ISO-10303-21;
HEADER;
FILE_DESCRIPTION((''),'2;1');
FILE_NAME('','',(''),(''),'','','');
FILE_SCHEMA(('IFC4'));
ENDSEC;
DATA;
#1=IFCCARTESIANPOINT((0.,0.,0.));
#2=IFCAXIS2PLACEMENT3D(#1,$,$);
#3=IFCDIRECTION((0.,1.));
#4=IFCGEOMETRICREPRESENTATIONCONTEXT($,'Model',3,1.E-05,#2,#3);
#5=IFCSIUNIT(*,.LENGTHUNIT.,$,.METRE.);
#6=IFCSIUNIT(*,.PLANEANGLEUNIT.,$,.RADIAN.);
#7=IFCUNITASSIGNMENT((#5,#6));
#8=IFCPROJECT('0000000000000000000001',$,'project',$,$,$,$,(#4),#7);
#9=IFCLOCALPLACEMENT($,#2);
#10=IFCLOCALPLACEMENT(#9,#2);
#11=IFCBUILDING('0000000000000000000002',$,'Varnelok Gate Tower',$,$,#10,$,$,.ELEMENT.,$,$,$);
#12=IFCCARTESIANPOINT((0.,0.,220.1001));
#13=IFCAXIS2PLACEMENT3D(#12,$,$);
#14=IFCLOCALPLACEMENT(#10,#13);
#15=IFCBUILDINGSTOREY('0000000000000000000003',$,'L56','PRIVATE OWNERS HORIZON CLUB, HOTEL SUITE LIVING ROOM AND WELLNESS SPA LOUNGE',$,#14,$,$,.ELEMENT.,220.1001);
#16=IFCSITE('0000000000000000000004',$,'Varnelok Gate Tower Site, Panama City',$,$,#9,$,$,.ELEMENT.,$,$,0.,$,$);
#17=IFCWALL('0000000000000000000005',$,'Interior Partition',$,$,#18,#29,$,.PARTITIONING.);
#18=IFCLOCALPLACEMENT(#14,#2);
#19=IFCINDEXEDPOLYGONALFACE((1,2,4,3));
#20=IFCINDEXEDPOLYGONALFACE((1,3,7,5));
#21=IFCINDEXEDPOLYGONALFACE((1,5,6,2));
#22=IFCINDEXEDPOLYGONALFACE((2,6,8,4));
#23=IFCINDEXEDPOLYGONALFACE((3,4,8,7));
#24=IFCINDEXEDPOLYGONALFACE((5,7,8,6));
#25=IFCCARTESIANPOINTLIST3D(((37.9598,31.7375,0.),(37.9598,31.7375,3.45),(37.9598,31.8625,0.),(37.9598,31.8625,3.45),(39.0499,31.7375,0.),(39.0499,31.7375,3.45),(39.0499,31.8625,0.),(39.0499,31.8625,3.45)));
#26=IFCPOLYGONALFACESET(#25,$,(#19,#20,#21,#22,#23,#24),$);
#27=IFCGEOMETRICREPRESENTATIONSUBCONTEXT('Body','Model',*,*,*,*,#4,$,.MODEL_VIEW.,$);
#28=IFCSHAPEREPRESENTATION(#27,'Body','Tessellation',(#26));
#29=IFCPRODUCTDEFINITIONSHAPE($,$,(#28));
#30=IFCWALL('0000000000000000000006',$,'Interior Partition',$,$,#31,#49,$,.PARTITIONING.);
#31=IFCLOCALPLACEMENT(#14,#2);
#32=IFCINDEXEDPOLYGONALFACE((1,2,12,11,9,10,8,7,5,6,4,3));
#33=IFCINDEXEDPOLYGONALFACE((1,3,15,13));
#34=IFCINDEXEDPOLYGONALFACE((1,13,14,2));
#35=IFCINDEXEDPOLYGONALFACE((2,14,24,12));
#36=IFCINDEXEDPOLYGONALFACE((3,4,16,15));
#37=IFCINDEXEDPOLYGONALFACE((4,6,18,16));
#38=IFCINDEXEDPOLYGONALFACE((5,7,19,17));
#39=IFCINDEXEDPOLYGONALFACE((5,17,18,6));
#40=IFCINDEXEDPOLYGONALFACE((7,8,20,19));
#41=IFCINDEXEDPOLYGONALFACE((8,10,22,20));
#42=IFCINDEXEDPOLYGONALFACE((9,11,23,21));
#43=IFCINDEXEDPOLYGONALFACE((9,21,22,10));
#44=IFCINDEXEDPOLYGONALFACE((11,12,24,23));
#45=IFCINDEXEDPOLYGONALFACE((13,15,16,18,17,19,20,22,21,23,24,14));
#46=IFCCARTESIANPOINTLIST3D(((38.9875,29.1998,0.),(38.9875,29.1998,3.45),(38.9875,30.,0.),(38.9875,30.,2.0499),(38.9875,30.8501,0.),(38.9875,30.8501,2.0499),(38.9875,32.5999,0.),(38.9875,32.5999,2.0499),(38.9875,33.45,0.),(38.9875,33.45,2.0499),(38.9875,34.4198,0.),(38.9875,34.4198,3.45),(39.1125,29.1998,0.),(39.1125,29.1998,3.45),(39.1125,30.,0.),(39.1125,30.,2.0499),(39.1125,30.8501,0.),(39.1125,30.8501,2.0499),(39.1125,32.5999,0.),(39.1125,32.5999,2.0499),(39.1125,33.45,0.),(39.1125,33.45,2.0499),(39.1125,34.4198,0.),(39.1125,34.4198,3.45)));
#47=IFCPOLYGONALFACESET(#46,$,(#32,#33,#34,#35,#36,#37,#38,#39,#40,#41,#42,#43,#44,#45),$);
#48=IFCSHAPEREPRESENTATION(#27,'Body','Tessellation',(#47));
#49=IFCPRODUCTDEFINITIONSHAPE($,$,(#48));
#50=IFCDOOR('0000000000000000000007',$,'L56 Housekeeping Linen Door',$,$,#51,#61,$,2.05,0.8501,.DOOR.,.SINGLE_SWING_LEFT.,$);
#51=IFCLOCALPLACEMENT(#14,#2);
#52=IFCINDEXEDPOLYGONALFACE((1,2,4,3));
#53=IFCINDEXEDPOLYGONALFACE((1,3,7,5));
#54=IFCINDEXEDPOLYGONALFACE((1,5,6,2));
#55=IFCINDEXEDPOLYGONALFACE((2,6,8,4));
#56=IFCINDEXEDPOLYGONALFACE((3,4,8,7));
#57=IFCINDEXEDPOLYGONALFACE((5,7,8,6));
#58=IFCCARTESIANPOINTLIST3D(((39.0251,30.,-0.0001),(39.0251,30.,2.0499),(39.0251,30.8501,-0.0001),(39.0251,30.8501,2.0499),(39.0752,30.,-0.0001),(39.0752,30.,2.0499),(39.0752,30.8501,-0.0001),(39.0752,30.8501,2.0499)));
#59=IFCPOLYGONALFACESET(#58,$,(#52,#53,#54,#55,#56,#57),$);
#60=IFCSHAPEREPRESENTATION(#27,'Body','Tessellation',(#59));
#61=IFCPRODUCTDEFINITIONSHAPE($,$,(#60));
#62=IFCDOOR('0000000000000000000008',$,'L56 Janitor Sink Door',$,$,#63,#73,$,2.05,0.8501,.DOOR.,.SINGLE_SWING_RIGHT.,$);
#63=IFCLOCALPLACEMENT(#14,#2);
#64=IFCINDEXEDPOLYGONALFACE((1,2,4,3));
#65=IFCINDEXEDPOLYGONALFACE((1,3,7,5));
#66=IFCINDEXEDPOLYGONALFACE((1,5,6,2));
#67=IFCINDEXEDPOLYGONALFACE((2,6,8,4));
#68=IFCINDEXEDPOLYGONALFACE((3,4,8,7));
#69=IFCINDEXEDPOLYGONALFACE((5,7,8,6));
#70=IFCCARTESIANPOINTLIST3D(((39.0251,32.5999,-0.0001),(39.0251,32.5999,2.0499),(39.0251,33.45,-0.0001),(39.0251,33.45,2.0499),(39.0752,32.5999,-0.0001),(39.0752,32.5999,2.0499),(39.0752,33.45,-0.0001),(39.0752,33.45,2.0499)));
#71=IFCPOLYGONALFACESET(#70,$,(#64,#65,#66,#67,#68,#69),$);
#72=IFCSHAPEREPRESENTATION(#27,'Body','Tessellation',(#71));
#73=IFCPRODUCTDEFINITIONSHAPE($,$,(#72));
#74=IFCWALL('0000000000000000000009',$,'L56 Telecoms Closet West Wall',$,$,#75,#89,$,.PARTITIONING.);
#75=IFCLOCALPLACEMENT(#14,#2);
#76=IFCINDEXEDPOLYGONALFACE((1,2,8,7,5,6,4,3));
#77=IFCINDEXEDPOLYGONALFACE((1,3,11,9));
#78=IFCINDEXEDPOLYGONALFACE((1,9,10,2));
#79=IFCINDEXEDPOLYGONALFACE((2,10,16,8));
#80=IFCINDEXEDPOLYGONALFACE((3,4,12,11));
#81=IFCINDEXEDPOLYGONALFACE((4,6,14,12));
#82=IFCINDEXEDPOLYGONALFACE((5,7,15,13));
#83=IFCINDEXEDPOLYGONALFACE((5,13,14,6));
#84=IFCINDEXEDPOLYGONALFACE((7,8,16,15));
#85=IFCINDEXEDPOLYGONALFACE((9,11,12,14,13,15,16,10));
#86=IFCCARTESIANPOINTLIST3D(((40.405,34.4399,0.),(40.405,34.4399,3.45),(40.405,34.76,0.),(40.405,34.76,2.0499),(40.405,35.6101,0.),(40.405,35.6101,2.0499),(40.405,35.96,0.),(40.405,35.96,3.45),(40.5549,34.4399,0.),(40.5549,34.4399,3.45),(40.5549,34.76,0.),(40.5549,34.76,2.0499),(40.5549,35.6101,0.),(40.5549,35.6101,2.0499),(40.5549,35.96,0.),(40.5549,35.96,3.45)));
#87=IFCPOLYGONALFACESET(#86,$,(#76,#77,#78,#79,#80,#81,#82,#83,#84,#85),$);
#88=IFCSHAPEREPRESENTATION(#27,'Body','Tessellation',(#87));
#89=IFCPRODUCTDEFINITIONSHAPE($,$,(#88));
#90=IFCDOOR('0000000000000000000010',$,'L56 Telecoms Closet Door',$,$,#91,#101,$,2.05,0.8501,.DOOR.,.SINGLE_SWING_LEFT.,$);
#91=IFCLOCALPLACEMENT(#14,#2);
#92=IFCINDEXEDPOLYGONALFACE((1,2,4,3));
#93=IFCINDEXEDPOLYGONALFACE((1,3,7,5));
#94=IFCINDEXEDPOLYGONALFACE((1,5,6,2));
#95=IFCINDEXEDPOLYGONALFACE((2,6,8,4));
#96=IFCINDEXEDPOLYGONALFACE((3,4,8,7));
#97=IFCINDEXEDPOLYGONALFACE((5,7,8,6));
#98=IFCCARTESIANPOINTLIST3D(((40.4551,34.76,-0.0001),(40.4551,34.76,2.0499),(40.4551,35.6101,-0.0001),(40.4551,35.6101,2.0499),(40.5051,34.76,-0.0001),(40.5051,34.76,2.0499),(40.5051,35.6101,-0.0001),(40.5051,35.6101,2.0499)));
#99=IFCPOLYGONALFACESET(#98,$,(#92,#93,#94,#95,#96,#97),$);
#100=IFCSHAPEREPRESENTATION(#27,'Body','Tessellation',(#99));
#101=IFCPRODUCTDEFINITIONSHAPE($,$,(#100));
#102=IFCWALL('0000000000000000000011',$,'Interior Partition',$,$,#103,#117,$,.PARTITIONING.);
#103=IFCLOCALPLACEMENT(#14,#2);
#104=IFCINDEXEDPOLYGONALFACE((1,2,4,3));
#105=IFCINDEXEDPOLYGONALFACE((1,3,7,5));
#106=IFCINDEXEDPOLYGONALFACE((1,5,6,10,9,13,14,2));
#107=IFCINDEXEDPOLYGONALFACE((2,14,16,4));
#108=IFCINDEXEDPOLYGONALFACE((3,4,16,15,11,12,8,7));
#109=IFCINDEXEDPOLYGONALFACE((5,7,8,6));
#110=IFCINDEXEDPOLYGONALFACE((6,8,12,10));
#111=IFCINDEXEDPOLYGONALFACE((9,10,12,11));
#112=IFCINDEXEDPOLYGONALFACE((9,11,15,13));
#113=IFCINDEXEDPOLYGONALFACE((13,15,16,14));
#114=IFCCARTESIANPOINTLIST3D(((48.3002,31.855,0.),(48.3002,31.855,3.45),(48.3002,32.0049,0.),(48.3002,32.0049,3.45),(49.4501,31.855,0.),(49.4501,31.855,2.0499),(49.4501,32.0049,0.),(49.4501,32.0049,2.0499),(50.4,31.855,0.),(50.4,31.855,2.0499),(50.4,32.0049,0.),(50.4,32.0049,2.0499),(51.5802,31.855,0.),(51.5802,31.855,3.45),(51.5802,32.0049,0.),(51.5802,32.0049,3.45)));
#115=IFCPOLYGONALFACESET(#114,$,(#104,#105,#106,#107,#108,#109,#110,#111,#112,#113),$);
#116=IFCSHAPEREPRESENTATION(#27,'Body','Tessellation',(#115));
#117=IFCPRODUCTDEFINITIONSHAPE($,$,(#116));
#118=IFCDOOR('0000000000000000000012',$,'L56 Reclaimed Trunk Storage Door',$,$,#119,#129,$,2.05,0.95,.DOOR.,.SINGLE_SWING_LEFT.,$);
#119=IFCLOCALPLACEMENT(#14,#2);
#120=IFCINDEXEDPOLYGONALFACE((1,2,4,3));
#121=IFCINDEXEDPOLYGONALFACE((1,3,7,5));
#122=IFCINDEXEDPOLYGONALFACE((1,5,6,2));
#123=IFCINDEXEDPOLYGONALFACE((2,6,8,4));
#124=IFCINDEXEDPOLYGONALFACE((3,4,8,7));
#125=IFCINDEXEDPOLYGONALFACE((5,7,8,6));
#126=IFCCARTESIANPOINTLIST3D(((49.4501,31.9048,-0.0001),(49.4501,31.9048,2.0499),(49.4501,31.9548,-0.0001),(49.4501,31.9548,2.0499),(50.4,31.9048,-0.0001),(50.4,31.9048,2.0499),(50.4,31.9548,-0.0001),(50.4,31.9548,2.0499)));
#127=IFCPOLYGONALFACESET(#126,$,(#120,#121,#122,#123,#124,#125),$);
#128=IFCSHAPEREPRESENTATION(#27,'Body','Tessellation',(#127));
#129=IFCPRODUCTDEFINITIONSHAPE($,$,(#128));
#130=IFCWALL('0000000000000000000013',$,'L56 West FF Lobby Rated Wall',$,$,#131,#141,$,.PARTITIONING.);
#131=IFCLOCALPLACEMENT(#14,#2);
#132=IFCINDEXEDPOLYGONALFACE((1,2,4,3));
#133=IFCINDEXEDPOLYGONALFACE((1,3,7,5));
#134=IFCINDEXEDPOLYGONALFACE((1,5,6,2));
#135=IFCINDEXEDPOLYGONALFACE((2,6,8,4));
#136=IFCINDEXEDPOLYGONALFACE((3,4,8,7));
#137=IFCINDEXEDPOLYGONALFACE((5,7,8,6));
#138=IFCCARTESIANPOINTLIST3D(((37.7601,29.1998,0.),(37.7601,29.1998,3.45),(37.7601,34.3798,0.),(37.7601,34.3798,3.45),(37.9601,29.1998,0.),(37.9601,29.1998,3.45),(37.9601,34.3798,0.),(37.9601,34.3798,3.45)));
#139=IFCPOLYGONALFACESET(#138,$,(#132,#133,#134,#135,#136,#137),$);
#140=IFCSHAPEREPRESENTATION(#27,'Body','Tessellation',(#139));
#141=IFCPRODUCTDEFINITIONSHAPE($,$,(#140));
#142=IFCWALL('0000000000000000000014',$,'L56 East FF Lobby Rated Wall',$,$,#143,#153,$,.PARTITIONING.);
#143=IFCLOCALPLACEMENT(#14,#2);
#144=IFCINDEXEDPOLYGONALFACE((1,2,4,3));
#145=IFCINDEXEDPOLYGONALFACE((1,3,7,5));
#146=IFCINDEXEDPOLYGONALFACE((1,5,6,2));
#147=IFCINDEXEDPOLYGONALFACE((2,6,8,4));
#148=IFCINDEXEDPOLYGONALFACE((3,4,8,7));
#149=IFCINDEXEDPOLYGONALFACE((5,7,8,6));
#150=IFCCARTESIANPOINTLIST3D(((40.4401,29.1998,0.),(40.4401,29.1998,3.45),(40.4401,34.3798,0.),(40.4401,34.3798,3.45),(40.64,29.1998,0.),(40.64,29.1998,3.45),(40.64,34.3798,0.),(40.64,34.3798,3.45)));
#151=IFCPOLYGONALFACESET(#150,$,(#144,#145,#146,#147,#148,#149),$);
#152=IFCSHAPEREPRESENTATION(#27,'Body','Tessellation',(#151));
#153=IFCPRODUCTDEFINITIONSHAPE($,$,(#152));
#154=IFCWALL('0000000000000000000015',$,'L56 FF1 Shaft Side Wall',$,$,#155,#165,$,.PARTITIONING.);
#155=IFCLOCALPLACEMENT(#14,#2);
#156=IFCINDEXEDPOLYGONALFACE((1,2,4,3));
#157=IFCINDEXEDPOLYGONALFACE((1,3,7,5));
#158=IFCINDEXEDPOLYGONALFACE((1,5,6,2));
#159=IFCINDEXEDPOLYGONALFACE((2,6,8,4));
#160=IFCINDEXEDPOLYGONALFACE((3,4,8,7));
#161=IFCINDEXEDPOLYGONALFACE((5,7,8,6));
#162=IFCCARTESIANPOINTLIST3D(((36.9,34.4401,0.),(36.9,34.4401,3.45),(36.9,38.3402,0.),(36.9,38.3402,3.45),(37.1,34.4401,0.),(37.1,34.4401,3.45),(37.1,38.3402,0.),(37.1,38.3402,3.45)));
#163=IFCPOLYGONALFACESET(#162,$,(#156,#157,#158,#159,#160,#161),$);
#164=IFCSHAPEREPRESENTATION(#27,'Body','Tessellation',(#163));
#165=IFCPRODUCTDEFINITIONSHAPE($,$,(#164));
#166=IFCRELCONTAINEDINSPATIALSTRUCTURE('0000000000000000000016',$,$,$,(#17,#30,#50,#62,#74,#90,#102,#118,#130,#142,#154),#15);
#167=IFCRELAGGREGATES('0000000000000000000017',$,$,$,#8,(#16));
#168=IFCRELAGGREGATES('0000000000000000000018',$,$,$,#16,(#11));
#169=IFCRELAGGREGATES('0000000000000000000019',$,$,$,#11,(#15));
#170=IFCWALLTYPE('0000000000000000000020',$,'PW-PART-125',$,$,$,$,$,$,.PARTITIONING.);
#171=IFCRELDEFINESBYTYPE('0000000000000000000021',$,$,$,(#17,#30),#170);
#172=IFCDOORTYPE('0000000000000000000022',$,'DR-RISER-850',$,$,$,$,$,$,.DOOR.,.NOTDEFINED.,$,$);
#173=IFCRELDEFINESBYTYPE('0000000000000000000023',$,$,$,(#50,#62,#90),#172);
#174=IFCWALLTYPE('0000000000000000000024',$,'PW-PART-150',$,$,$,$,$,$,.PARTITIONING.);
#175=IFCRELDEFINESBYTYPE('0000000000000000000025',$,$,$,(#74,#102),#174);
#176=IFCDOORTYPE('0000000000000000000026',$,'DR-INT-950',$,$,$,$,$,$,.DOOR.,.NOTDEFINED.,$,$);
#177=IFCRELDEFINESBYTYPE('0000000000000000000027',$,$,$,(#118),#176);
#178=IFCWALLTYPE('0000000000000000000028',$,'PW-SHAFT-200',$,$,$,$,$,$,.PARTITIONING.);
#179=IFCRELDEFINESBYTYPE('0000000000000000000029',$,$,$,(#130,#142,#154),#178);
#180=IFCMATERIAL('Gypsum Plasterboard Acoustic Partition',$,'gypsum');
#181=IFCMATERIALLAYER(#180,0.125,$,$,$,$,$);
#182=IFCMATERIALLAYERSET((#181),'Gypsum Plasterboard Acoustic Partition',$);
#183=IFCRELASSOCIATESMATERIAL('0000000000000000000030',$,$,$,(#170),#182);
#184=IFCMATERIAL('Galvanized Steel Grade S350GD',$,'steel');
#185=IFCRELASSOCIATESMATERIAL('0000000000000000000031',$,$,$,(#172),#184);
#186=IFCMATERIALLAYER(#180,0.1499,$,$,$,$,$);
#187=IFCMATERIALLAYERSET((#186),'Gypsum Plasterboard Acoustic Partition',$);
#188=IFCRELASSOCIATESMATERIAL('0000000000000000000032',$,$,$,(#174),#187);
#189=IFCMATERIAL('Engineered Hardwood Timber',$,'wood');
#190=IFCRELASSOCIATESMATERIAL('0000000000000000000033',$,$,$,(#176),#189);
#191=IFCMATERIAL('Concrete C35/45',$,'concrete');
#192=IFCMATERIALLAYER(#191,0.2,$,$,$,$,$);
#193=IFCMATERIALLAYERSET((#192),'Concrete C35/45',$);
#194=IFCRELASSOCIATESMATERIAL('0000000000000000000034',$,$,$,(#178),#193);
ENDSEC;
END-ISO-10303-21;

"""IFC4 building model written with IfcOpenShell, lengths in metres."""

from ifc_helpers import new_model, si_unit, direction, frame, frame_2d, origin, place, context, subcontext, project, spatial, rectangle, extrude, material, layer, layer_set, type_object, element, fill, save


model = new_model("IFC4")

# Units and contexts
model_context = context("Model", 3, precision=1e-05, world=origin(), true_north=direction((0.0, 1.0)))
body_context = subcontext(model_context, "Body", "Model", "MODEL_VIEW")
ifc_project = project(units=[si_unit("LENGTHUNIT", "METRE"), si_unit("PLANEANGLEUNIT", "RADIAN")], contexts=[model_context])

# Site, building, storey
site_placement = place(None, origin())
site = spatial("IfcSite", under=ifc_project, at=site_placement, Name="Varnelok Gate Tower Site, Panama City", CompositionType="ELEMENT", RefElevation=0.0)
building_placement = place(site_placement, origin())
building = spatial("IfcBuilding", under=site, at=building_placement, Name="Varnelok Gate Tower", CompositionType="ELEMENT")
storey_placement = place(building_placement, frame((0.0, 0.0, 220.1001)))
storey = spatial("IfcBuildingStorey", under=building, at=storey_placement, Name="L56", Description="PRIVATE OWNERS HORIZON CLUB, HOTEL SUITE LIVING ROOM AND WELLNESS SPA LOUNGE", CompositionType="ELEMENT", Elevation=220.1001)

# Wall
ifc_material_1 = material(Name="Gypsum Plasterboard Acoustic Partition", Category="gypsum")
ifc_layer_1 = layer(ifc_material_1, 0.125)
ifc_layer_set_1 = layer_set([ifc_layer_1], Name="Gypsum Plasterboard Acoustic Partition")
wall_type_1 = type_object("IfcWallType", Name="PW-PART-125", PredefinedType="PARTITIONING", material=ifc_layer_set_1)
wall_1_placement = place(storey_placement, frame((37.96, 31.8, 0.0), z_axis=(0.0, 0.0, 1.0), x_axis=(1.0, 0.0, 0.0)))
element("IfcWall", 1, at=wall_1_placement, inside=storey, type_object=wall_type_1, Name="Interior Partition", PredefinedType="PARTITIONING", context=body_context, shape_type="SweptSolid", body=[
    extrude(rectangle(XDim=1.0901, YDim=0.125, at=frame_2d((0.5449, 0.0))), origin(), (0.0, 0.0, 1.0), 3.45),
])

# Wall, openings, doors
wall_2_placement = place(storey_placement, frame((39.05, 29.2, 0.0), z_axis=(0.0, 0.0, 1.0), x_axis=(0.0, 1.0, 0.0)))
wall_2 = element("IfcWall", 2, at=wall_2_placement, inside=storey, type_object=wall_type_1, Name="Interior Partition", PredefinedType="PARTITIONING", context=body_context, shape_type="SweptSolid", body=[
    extrude(rectangle(XDim=5.22, YDim=0.125, at=frame_2d((2.6099, 0.0))), origin(), (0.0, 0.0, 1.0), 3.45),
])
opening_1_placement = place(wall_2_placement, frame((0.8, 0.0, 0.0)))
opening_1 = element("IfcOpeningElement", 3, at=opening_1_placement, cuts=wall_2, PredefinedType="OPENING", context=body_context, shape_type="SweptSolid", body=[
    extrude(rectangle(XDim=0.8501, YDim=2.05, at=frame_2d((0.425, 1.0249))), frame((0.0, 0.0725, 0.0), z_axis=(0.0, -1.0, 0.0), x_axis=(1.0, 0.0, 0.0)), (0.0, 0.0, 1.0), 0.145),
])
opening_2_placement = place(wall_2_placement, frame((3.3999, 0.0, 0.0)))
opening_2 = element("IfcOpeningElement", 4, at=opening_2_placement, cuts=wall_2, PredefinedType="OPENING", context=body_context, shape_type="SweptSolid", body=[
    extrude(rectangle(XDim=0.8501, YDim=2.05, at=frame_2d((0.425, 1.0249))), frame((0.0, 0.0725, 0.0), z_axis=(0.0, -1.0, 0.0), x_axis=(1.0, 0.0, 0.0)), (0.0, 0.0, 1.0), 0.145),
])
ifc_material_2 = material(Name="Galvanized Steel Grade S350GD", Category="steel")
door_type_1 = type_object("IfcDoorType", Name="DR-RISER-850", OperationType="NOTDEFINED", PredefinedType="DOOR", material=ifc_material_2)
door_1_placement = place(opening_1_placement, origin())
door_1 = element("IfcDoor", 5, at=door_1_placement, inside=storey, type_object=door_type_1, Name="L56 Housekeeping Linen Door", OperationType="SINGLE_SWING_LEFT", OverallHeight=2.05, OverallWidth=0.8501, PredefinedType="DOOR", context=body_context, shape_type="SweptSolid", body=[
    extrude(rectangle(XDim=0.8501, YDim=2.05, at=frame_2d((0.425, 1.0249))), frame((0.0, 0.0249, 0.0), z_axis=(0.0, -1.0, 0.0), x_axis=(1.0, 0.0, 0.0)), (0.0, 0.0, 1.0), 0.05),
])
fill(opening_1, door_1)
door_2_placement = place(opening_2_placement, origin())
door_2 = element("IfcDoor", 6, at=door_2_placement, inside=storey, type_object=door_type_1, Name="L56 Janitor Sink Door", OperationType="SINGLE_SWING_RIGHT", OverallHeight=2.05, OverallWidth=0.8501, PredefinedType="DOOR", context=body_context, shape_type="SweptSolid", body=[
    extrude(rectangle(XDim=0.8501, YDim=2.05, at=frame_2d((0.425, 1.0249))), frame((0.0, 0.0249, 0.0), z_axis=(0.0, -1.0, 0.0), x_axis=(1.0, 0.0, 0.0)), (0.0, 0.0, 1.0), 0.05),
])
fill(opening_2, door_2)

# Walls, openings, doors
ifc_layer_2 = layer(ifc_material_1, 0.1499)
ifc_layer_set_2 = layer_set([ifc_layer_2], Name="Gypsum Plasterboard Acoustic Partition")
wall_type_2 = type_object("IfcWallType", Name="PW-PART-150", PredefinedType="PARTITIONING", material=ifc_layer_set_2)
wall_3_placement = place(storey_placement, frame((40.48, 34.4399, 0.0), z_axis=(0.0, 0.0, 1.0), x_axis=(0.0, 1.0, 0.0)))
wall_3 = element("IfcWall", 7, at=wall_3_placement, inside=storey, type_object=wall_type_2, Name="L56 Telecoms Closet West Wall", PredefinedType="PARTITIONING", context=body_context, shape_type="SweptSolid", body=[
    extrude(rectangle(XDim=1.52, YDim=0.1499, at=frame_2d((0.76, 0.0))), origin(), (0.0, 0.0, 1.0), 3.45),
])
opening_3_placement = place(wall_3_placement, frame((0.3201, 0.0, 0.0)))
opening_3 = element("IfcOpeningElement", 8, at=opening_3_placement, cuts=wall_3, PredefinedType="OPENING", context=body_context, shape_type="SweptSolid", body=[
    extrude(rectangle(XDim=0.8501, YDim=2.05, at=frame_2d((0.425, 1.0249))), frame((0.0, 0.085, 0.0), z_axis=(0.0, -1.0, 0.0), x_axis=(1.0, 0.0, 0.0)), (0.0, 0.0, 1.0), 0.1699),
])
door_3_placement = place(opening_3_placement, origin())
door_3 = element("IfcDoor", 9, at=door_3_placement, inside=storey, type_object=door_type_1, Name="L56 Telecoms Closet Door", OperationType="SINGLE_SWING_LEFT", OverallHeight=2.05, OverallWidth=0.8501, PredefinedType="DOOR", context=body_context, shape_type="SweptSolid", body=[
    extrude(rectangle(XDim=0.8501, YDim=2.05, at=frame_2d((0.425, 1.0249))), frame((0.0, 0.0249, 0.0), z_axis=(0.0, -1.0, 0.0), x_axis=(1.0, 0.0, 0.0)), (0.0, 0.0, 1.0), 0.05),
])
fill(opening_3, door_3)
wall_4_placement = place(storey_placement, frame((48.3, 31.9299, 0.0), z_axis=(0.0, 0.0, 1.0), x_axis=(1.0, 0.0, 0.0)))
wall_4 = element("IfcWall", 10, at=wall_4_placement, inside=storey, type_object=wall_type_2, Name="Interior Partition", PredefinedType="PARTITIONING", context=body_context, shape_type="SweptSolid", body=[
    extrude(rectangle(XDim=3.28, YDim=0.1499, at=frame_2d((1.6401, 0.0))), origin(), (0.0, 0.0, 1.0), 3.45),
])
opening_4_placement = place(wall_4_placement, frame((1.1499, 0.0, 0.0)))
opening_4 = element("IfcOpeningElement", 11, at=opening_4_placement, cuts=wall_4, PredefinedType="OPENING", context=body_context, shape_type="SweptSolid", body=[
    extrude(rectangle(XDim=0.95, YDim=2.05, at=frame_2d((0.4751, 1.0249))), frame((0.0, 0.085, 0.0), z_axis=(0.0, -1.0, 0.0), x_axis=(1.0, 0.0, 0.0)), (0.0, 0.0, 1.0), 0.1699),
])
ifc_material_3 = material(Name="Engineered Hardwood Timber", Category="wood")
door_type_2 = type_object("IfcDoorType", Name="DR-INT-950", OperationType="NOTDEFINED", PredefinedType="DOOR", material=ifc_material_3)
door_4_placement = place(opening_4_placement, origin())
door_4 = element("IfcDoor", 12, at=door_4_placement, inside=storey, type_object=door_type_2, Name="L56 Reclaimed Trunk Storage Door", OperationType="SINGLE_SWING_LEFT", OverallHeight=2.05, OverallWidth=0.95, PredefinedType="DOOR", context=body_context, shape_type="SweptSolid", body=[
    extrude(rectangle(XDim=0.95, YDim=2.05, at=frame_2d((0.4751, 1.0249))), frame((0.0, 0.0249, 0.0), z_axis=(0.0, -1.0, 0.0), x_axis=(1.0, 0.0, 0.0)), (0.0, 0.0, 1.0), 0.05),
])
fill(opening_4, door_4)

# Walls
ifc_material_4 = material(Name="Concrete C35/45", Category="concrete")
ifc_layer_3 = layer(ifc_material_4, 0.2)
ifc_layer_set_3 = layer_set([ifc_layer_3], Name="Concrete C35/45")
wall_type_3 = type_object("IfcWallType", Name="PW-SHAFT-200", PredefinedType="PARTITIONING", material=ifc_layer_set_3)
for number, where, z_axis, x_axis, name in (
    (13, (37.8601, 29.2, 0.0), (0.0, 0.0, 1.0), (0.0, 1.0, 0.0), "L56 West FF Lobby Rated Wall"),
    (14, (40.54, 29.2, 0.0), (0.0, 0.0, 1.0), (0.0, 1.0, 0.0), "L56 East FF Lobby Rated Wall"),
):
    element("IfcWall", number, at=place(storey_placement, frame(where, z_axis=z_axis, x_axis=x_axis)), inside=storey, type_object=wall_type_3, Name=name, PredefinedType="PARTITIONING", context=body_context, shape_type="SweptSolid", body=[
        extrude(rectangle(XDim=5.1799, YDim=0.2, at=frame_2d((2.5898, 0.0))), origin(), (0.0, 0.0, 1.0), 3.45),
    ])
wall_5_placement = place(storey_placement, frame((37.0, 34.4399, 0.0), z_axis=(0.0, 0.0, 1.0), x_axis=(0.0, 1.0, 0.0)))
element("IfcWall", 15, at=wall_5_placement, inside=storey, type_object=wall_type_3, Name="L56 FF1 Shaft Side Wall", PredefinedType="PARTITIONING", context=body_context, shape_type="SweptSolid", body=[
    extrude(rectangle(XDim=3.9001, YDim=0.2, at=frame_2d((1.9502, 0.0))), origin(), (0.0, 0.0, 1.0), 3.45),
])

save(model, "model.ifc")
